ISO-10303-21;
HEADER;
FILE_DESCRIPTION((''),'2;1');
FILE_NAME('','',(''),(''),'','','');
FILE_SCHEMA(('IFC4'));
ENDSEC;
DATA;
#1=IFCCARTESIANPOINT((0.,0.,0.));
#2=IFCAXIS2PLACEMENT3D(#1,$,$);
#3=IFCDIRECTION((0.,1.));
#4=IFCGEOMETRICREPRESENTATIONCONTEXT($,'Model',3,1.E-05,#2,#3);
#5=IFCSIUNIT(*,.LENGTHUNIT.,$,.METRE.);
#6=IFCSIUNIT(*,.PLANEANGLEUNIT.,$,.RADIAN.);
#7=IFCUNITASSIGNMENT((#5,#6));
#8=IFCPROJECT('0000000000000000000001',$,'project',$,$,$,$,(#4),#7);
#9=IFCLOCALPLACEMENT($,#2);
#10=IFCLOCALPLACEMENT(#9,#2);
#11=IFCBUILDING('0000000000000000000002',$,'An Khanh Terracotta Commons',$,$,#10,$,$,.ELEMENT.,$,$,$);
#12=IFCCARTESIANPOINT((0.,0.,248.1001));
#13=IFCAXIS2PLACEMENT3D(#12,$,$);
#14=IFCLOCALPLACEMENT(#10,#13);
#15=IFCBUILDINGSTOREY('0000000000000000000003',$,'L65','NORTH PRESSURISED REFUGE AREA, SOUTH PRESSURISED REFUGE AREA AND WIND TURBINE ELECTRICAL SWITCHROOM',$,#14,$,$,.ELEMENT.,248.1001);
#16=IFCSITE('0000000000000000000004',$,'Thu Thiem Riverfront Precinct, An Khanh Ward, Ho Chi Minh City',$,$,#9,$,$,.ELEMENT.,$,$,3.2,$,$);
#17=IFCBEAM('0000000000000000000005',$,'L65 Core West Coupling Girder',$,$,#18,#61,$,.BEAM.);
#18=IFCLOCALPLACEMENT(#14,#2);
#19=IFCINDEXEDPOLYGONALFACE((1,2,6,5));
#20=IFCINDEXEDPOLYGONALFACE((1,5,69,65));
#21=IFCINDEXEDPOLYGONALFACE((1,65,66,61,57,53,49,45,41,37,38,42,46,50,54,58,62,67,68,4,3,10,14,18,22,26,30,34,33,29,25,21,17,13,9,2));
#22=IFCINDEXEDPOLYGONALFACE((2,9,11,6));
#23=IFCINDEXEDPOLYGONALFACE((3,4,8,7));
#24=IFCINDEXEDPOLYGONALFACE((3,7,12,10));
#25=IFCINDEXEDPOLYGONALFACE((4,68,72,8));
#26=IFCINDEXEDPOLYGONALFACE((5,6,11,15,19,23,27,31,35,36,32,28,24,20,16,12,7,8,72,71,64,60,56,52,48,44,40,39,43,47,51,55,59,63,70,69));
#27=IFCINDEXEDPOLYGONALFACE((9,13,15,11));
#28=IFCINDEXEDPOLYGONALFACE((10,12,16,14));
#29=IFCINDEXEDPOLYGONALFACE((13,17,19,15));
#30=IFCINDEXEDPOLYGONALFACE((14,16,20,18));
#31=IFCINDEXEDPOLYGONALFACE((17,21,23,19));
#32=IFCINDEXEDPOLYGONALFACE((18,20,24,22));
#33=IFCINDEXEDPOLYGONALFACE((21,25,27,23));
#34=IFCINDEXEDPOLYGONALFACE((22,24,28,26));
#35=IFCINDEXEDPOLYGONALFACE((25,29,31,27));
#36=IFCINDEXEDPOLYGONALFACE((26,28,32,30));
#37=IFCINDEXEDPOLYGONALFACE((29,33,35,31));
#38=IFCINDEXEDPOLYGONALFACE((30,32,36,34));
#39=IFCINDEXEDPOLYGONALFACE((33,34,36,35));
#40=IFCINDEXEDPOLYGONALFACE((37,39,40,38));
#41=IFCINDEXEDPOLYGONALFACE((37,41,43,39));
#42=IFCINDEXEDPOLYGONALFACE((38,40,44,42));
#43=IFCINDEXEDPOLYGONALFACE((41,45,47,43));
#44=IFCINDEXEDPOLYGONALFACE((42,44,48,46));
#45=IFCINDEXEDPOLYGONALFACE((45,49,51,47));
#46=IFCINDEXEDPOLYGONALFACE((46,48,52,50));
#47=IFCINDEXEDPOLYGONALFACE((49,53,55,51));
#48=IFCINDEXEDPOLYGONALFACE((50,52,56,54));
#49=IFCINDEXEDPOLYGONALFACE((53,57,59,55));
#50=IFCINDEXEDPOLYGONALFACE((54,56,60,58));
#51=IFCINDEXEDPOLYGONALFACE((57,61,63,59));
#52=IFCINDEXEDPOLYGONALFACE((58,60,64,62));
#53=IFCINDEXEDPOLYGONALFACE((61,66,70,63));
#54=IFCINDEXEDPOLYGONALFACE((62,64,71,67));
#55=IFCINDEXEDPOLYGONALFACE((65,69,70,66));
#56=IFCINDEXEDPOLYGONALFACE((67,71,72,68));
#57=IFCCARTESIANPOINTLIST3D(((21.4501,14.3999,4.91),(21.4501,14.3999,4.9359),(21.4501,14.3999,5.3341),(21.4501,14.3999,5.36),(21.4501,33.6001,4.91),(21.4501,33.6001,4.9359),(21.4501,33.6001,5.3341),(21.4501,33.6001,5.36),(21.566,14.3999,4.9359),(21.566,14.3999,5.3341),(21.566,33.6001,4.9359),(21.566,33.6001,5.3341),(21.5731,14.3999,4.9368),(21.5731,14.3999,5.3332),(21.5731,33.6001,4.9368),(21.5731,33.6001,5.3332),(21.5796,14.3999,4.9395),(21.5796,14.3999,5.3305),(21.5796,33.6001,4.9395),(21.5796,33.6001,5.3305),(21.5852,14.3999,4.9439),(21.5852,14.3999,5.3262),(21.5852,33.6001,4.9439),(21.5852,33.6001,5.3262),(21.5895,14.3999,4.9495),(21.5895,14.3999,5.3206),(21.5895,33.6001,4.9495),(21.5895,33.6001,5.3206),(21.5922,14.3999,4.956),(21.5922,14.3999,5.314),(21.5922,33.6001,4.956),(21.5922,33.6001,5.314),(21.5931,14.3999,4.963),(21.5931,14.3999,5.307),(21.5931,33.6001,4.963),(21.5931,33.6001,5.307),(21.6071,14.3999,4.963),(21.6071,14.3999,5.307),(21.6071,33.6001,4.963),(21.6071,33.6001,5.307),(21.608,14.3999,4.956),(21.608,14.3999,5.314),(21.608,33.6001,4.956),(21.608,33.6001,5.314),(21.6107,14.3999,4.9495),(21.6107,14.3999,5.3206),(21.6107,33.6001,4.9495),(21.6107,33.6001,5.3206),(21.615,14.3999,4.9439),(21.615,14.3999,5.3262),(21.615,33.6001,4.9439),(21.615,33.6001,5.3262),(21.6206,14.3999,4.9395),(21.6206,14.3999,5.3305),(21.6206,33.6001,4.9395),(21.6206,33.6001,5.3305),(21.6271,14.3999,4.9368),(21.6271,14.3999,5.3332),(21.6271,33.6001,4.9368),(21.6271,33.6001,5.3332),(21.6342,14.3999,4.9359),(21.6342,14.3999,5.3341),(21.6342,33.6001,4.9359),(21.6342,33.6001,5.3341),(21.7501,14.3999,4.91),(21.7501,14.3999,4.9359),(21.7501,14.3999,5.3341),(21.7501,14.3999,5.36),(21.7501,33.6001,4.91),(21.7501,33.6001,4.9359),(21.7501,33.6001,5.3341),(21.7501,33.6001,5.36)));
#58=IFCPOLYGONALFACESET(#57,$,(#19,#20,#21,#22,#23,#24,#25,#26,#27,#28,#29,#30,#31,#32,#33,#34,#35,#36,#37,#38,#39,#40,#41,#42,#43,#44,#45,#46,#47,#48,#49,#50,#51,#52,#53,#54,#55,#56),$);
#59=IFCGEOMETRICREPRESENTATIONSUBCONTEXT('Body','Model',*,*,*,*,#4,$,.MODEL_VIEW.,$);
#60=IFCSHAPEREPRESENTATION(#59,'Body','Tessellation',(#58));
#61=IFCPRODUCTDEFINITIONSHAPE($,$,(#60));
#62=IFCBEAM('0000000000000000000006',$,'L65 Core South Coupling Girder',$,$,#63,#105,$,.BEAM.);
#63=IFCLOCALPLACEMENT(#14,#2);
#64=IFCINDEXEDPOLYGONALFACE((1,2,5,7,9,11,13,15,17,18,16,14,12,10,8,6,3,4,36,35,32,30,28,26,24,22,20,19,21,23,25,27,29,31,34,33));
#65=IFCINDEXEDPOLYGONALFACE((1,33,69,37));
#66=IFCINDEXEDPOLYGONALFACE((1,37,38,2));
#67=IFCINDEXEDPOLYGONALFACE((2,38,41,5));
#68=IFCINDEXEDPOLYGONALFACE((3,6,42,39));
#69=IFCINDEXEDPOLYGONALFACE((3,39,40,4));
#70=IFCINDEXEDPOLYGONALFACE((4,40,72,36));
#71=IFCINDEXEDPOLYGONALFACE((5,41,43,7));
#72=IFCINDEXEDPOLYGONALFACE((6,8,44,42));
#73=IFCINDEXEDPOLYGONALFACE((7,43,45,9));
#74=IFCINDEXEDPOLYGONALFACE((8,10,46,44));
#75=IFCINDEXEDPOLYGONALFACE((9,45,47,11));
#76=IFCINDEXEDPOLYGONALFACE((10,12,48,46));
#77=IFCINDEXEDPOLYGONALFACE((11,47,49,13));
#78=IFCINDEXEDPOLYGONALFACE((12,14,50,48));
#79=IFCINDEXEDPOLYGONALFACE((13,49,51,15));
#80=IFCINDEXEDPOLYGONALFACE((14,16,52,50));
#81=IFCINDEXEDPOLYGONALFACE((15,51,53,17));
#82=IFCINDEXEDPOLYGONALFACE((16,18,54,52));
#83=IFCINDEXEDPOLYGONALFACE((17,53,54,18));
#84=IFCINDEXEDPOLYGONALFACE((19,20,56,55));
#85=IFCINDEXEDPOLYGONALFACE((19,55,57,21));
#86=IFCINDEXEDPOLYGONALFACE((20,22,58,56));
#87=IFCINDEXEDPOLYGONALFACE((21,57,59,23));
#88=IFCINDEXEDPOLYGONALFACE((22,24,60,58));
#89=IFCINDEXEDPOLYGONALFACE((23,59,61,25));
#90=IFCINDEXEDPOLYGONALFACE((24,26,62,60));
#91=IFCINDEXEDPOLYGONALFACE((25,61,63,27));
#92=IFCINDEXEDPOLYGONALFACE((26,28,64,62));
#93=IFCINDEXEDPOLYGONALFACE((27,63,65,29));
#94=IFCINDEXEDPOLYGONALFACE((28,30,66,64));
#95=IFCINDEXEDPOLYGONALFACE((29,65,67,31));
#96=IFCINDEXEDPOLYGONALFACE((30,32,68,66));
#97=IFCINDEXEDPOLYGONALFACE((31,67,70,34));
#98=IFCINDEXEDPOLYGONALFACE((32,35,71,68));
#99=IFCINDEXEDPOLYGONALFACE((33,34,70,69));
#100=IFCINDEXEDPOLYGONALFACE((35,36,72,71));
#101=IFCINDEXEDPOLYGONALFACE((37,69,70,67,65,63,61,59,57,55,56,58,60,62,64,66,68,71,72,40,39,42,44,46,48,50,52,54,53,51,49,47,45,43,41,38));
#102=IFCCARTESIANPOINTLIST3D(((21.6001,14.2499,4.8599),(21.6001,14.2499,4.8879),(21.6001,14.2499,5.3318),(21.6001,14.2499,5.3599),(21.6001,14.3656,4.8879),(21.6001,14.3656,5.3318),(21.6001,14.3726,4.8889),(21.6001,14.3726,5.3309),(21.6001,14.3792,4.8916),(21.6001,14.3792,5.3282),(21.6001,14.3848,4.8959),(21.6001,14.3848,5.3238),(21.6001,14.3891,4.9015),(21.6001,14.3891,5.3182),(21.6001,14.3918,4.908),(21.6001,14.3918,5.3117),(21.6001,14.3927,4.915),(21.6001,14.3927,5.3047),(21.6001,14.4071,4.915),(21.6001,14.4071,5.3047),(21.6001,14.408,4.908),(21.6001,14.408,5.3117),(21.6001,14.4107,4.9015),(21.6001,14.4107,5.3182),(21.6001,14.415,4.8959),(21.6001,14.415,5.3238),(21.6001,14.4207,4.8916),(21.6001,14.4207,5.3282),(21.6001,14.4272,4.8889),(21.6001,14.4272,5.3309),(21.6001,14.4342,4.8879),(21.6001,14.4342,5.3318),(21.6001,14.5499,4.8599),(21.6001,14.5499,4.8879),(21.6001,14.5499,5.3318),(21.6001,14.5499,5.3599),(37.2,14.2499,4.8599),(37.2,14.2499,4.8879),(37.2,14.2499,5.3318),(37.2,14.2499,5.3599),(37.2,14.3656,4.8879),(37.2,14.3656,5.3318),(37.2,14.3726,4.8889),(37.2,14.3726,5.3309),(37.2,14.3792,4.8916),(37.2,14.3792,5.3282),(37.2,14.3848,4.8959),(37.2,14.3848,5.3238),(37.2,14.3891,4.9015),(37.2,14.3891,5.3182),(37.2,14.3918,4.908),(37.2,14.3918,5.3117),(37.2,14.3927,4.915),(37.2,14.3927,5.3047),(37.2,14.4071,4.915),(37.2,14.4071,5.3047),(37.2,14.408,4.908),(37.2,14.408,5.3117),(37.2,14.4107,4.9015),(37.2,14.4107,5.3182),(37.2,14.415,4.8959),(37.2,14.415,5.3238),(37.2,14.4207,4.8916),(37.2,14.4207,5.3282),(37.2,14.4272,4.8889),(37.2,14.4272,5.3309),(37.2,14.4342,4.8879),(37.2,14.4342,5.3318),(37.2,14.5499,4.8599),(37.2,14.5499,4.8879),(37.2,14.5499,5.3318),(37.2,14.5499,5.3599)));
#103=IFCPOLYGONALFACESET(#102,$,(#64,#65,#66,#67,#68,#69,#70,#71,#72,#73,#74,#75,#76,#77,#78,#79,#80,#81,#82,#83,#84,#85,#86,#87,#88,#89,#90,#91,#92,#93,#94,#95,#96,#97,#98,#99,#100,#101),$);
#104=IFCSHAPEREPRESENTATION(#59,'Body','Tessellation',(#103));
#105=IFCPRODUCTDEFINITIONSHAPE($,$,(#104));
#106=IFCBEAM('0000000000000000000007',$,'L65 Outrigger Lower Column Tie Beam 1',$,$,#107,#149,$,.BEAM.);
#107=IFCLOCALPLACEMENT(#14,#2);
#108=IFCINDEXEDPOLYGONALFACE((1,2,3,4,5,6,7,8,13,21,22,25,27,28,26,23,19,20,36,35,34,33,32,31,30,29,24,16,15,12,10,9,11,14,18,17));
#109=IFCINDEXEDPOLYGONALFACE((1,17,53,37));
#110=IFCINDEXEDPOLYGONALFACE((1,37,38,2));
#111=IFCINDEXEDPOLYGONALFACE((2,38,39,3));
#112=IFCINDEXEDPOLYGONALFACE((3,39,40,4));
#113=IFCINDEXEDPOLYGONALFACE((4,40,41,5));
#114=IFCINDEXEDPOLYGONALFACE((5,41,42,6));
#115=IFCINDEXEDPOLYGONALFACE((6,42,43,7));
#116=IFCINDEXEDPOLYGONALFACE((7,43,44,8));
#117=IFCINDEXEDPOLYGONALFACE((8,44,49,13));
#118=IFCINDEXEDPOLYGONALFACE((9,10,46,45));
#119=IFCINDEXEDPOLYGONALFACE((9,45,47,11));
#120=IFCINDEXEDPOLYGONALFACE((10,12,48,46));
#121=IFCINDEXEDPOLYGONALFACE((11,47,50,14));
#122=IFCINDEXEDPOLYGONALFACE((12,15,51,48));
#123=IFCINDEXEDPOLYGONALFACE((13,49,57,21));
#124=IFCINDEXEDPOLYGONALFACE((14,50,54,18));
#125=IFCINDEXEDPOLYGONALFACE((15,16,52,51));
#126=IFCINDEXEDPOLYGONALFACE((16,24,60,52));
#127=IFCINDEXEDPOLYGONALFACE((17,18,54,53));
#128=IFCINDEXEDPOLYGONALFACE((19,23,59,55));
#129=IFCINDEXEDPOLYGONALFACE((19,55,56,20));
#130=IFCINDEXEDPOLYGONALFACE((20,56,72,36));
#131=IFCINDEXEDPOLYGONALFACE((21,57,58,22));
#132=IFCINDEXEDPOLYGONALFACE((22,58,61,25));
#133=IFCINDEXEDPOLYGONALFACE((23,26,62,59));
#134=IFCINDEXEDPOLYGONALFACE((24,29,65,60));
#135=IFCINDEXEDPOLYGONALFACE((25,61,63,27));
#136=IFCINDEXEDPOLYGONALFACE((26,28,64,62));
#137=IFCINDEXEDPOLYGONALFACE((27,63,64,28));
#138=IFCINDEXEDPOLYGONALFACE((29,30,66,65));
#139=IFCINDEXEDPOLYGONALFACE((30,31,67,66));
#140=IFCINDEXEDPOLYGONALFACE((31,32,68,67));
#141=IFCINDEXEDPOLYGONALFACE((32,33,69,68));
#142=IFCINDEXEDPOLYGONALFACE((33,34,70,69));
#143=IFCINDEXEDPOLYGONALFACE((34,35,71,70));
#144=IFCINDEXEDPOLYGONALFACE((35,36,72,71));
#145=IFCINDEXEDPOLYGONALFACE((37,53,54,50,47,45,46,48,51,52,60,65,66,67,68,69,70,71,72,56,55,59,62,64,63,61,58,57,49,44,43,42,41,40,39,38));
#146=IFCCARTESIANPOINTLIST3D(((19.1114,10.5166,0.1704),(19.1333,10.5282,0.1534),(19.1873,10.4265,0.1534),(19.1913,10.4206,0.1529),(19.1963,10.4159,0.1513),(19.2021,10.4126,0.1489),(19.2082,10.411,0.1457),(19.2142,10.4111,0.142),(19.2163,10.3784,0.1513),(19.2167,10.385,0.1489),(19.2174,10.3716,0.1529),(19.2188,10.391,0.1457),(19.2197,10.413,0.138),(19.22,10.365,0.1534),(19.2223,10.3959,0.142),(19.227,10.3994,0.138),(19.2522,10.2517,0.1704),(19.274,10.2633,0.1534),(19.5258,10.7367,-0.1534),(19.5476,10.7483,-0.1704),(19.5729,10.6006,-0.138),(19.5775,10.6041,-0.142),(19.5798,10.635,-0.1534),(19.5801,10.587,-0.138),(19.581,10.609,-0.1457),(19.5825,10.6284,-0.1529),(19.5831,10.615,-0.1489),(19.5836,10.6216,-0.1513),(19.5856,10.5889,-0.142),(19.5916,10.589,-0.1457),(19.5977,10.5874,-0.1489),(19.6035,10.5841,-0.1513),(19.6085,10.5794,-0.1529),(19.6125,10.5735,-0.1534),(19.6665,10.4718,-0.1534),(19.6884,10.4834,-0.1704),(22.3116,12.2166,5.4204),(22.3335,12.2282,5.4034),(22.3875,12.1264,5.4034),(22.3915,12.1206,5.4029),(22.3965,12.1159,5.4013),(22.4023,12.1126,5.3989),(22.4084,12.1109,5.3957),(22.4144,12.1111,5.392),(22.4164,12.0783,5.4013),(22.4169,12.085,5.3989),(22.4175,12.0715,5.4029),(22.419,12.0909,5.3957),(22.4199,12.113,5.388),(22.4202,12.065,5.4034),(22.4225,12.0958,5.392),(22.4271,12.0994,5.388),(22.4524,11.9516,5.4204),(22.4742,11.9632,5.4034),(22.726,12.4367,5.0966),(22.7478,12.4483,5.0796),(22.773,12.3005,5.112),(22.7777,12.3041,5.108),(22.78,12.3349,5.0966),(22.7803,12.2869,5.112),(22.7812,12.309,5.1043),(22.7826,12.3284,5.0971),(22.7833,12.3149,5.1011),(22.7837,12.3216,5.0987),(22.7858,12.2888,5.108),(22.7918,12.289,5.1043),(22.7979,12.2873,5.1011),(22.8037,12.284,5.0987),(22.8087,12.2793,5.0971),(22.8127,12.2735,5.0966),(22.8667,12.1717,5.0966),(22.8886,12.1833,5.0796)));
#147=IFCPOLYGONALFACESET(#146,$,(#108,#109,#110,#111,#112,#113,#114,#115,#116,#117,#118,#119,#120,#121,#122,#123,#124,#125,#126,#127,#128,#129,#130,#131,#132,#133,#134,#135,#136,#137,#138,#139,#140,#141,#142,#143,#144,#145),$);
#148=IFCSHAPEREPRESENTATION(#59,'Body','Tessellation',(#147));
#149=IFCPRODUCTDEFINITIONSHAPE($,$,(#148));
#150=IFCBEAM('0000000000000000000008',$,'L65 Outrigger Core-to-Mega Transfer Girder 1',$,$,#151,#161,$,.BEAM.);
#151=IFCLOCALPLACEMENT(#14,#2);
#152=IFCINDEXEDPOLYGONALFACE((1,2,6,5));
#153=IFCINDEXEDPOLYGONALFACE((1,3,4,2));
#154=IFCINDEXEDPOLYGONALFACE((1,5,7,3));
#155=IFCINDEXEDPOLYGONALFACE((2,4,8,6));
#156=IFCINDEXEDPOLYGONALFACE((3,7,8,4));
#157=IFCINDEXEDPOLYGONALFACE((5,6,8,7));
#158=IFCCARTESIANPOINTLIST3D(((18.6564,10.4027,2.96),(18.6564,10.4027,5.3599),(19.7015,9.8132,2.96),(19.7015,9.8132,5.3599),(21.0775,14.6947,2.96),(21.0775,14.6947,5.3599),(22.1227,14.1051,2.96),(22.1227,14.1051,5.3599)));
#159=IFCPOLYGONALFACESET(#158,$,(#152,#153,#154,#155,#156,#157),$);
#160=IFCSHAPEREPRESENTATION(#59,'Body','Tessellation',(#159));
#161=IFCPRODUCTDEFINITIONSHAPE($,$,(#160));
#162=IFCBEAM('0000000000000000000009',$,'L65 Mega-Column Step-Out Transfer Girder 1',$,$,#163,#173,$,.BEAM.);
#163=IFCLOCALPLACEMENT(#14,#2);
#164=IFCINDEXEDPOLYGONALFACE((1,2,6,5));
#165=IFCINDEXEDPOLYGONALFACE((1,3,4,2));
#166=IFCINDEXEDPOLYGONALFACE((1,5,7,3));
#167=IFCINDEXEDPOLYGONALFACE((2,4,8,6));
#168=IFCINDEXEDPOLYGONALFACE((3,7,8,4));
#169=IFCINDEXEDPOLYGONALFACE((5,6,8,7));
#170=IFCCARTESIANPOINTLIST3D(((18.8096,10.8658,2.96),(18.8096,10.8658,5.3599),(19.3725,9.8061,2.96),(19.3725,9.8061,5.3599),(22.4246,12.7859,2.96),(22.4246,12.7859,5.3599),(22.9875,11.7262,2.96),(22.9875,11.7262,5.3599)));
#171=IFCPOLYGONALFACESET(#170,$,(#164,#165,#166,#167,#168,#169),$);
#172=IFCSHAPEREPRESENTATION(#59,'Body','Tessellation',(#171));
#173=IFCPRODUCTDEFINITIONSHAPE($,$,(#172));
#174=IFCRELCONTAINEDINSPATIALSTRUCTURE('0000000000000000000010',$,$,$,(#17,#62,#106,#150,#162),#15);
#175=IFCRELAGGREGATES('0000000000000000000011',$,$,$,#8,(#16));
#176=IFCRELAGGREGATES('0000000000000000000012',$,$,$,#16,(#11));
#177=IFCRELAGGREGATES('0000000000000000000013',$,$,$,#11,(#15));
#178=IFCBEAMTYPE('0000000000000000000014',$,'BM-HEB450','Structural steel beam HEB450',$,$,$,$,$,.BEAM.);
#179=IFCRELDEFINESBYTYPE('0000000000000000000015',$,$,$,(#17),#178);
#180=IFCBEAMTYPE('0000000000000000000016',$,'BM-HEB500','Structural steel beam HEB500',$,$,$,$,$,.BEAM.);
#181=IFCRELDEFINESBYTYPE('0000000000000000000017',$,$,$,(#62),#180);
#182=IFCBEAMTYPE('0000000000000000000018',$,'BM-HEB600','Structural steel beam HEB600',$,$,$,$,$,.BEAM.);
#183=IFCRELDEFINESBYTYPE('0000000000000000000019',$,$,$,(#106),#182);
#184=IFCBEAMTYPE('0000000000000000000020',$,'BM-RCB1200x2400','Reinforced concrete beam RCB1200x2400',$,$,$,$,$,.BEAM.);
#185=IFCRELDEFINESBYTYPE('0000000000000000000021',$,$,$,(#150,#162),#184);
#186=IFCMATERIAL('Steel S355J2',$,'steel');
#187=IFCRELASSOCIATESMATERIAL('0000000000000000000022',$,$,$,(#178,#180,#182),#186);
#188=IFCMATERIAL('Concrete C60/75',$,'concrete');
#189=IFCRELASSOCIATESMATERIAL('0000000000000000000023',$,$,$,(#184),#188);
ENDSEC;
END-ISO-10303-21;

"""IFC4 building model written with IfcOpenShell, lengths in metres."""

from ifc_helpers import new_model, si_unit, direction, frame, origin, origin_2d, place, context, subcontext, project, spatial, rectangle, i_section, extrude, material, material_profile, profile_set, type_object, element, save


model = new_model("IFC4")

# Units and contexts
model_context = context("Model", 3, precision=1e-05, world=origin(), true_north=direction((0.0, 1.0)))
body_context = subcontext(model_context, "Body", "Model", "MODEL_VIEW")
ifc_project = project(units=[si_unit("LENGTHUNIT", "METRE"), si_unit("PLANEANGLEUNIT", "RADIAN")], contexts=[model_context])

# Site, building, storey
site_placement = place(None, origin())
site = spatial("IfcSite", under=ifc_project, at=site_placement, Name="Thu Thiem Riverfront Precinct, An Khanh Ward, Ho Chi Minh City", CompositionType="ELEMENT", RefElevation=3.2)
building_placement = place(site_placement, origin())
building = spatial("IfcBuilding", under=site, at=building_placement, Name="An Khanh Terracotta Commons", CompositionType="ELEMENT")
storey_placement = place(building_placement, frame((0.0, 0.0, 248.1001)))
storey = spatial("IfcBuildingStorey", under=building, at=storey_placement, Name="L65", Description="NORTH PRESSURISED REFUGE AREA, SOUTH PRESSURISED REFUGE AREA AND WIND TURBINE ELECTRICAL SWITCHROOM", CompositionType="ELEMENT", Elevation=248.1001)

# Shared definitions
ifc_material_1 = material(Name="Concrete C60/75", Category="concrete")

# Beams
ifc_material_2 = material(Name="Steel S355J2", Category="steel")
ifc_material_profile_1 = material_profile(ifc_material_2, i_section(OverallWidth=0.3, OverallDepth=0.45, WebThickness=0.0139, FlangeThickness=0.0259, FilletRadius=0.0271, at=origin_2d()), Name="HEB450")
ifc_profile_set_1 = profile_set([ifc_material_profile_1], Name="Steel S355J2")
beam_type_1 = type_object("IfcBeamType", Name="BM-HEB450", Description="Structural steel beam HEB450", PredefinedType="BEAM", material=ifc_profile_set_1)
beam_1_placement = place(storey_placement, frame((21.6001, 14.3999, 5.135), z_axis=(0.0, 1.0, 0.0), x_axis=(-1.0, 0.0, 0.0)))
element("IfcBeam", 1, at=beam_1_placement, inside=storey, type_object=beam_type_1, Name="L65 Core West Coupling Girder", PredefinedType="BEAM", context=body_context, shape_type="SweptSolid", body=[
    extrude(i_section(OverallWidth=0.3, OverallDepth=0.45, WebThickness=0.0139, FlangeThickness=0.0259, FilletRadius=0.0271, at=origin_2d()), origin(), (0.0, 0.0, 1.0), 19.2002),
])
ifc_material_profile_2 = material_profile(ifc_material_2, i_section(OverallWidth=0.3, OverallDepth=0.5, WebThickness=0.0144, FlangeThickness=0.0281, FilletRadius=0.0271, at=origin_2d()), Name="HEB500")
ifc_profile_set_2 = profile_set([ifc_material_profile_2], Name="Steel S355J2")
beam_type_2 = type_object("IfcBeamType", Name="BM-HEB500", Description="Structural steel beam HEB500", PredefinedType="BEAM", material=ifc_profile_set_2)
beam_2_placement = place(storey_placement, frame((21.6001, 14.3999, 5.1099), z_axis=(1.0, 0.0, 0.0), x_axis=(0.0, 1.0, 0.0)))
element("IfcBeam", 2, at=beam_2_placement, inside=storey, type_object=beam_type_2, Name="L65 Core South Coupling Girder", PredefinedType="BEAM", context=body_context, shape_type="SweptSolid", body=[
    extrude(i_section(OverallWidth=0.3, OverallDepth=0.5, WebThickness=0.0144, FlangeThickness=0.0281, FilletRadius=0.0271, at=origin_2d()), origin(), (0.0, 0.0, 1.0), 15.5999),
])
ifc_material_profile_3 = material_profile(ifc_material_2, i_section(OverallWidth=0.3, OverallDepth=0.6001, WebThickness=0.0154, FlangeThickness=0.03, FilletRadius=0.0271, at=origin_2d()), Name="HEB600")
ifc_profile_set_3 = profile_set([ifc_material_profile_3], Name="Steel S355J2")
beam_type_3 = type_object("IfcBeamType", Name="BM-HEB600", Description="Structural steel beam HEB600", PredefinedType="BEAM", material=ifc_profile_set_3)
beam_3_placement = place(storey_placement, frame((19.3999, 10.5, 0.0), z_axis=(0.501665, 0.266485, 0.822993), x_axis=(-0.469122, 0.883133, 0.0)))
element("IfcBeam", 3, at=beam_3_placement, inside=storey, type_object=beam_type_3, Name="L65 Outrigger Lower Column Tie Beam 1", PredefinedType="BEAM", context=body_context, shape_type="SweptSolid", body=[
    extrude(i_section(OverallWidth=0.3, OverallDepth=0.6001, WebThickness=0.0154, FlangeThickness=0.03, FilletRadius=0.0271, at=origin_2d()), origin(), (0.0, 0.0, 1.0), 6.3792),
])
ifc_material_profile_4 = material_profile(ifc_material_1, rectangle(XDim=1.2, YDim=2.3999, at=origin_2d()), Name="RCB1200x2400")
ifc_profile_set_4 = profile_set([ifc_material_profile_4], Name="Concrete C60/75")
beam_type_4 = type_object("IfcBeamType", Name="BM-RCB1200x2400", Description="Reinforced concrete beam RCB1200x2400", PredefinedType="BEAM", material=ifc_profile_set_4)
beam_4_placement = place(storey_placement, frame((21.6001, 14.3999, 4.1599), z_axis=(-0.491324, -0.870977, 0.0), x_axis=(0.870977, -0.491324, 0.0)))
element("IfcBeam", 4, at=beam_4_placement, inside=storey, type_object=beam_type_4, Name="L65 Outrigger Core-to-Mega Transfer Girder 1", PredefinedType="BEAM", context=body_context, shape_type="SweptSolid", body=[
    extrude(rectangle(XDim=1.2, YDim=2.3999, at=origin_2d()), origin(), (0.0, 0.0, 1.0), 4.9277),
])
beam_5_placement = place(storey_placement, frame((19.0911, 10.3359, 4.1599), z_axis=(0.883146, 0.469099, 0.0), x_axis=(-0.469099, 0.883146, 0.0)))
element("IfcBeam", 5, at=beam_5_placement, inside=storey, type_object=beam_type_4, Name="L65 Mega-Column Step-Out Transfer Girder 1", PredefinedType="BEAM", context=body_context, shape_type="SweptSolid", body=[
    extrude(rectangle(XDim=1.2, YDim=2.3999, at=origin_2d()), origin(), (0.0, 0.0, 1.0), 4.0933),
])

save(model, "model.ifc")
